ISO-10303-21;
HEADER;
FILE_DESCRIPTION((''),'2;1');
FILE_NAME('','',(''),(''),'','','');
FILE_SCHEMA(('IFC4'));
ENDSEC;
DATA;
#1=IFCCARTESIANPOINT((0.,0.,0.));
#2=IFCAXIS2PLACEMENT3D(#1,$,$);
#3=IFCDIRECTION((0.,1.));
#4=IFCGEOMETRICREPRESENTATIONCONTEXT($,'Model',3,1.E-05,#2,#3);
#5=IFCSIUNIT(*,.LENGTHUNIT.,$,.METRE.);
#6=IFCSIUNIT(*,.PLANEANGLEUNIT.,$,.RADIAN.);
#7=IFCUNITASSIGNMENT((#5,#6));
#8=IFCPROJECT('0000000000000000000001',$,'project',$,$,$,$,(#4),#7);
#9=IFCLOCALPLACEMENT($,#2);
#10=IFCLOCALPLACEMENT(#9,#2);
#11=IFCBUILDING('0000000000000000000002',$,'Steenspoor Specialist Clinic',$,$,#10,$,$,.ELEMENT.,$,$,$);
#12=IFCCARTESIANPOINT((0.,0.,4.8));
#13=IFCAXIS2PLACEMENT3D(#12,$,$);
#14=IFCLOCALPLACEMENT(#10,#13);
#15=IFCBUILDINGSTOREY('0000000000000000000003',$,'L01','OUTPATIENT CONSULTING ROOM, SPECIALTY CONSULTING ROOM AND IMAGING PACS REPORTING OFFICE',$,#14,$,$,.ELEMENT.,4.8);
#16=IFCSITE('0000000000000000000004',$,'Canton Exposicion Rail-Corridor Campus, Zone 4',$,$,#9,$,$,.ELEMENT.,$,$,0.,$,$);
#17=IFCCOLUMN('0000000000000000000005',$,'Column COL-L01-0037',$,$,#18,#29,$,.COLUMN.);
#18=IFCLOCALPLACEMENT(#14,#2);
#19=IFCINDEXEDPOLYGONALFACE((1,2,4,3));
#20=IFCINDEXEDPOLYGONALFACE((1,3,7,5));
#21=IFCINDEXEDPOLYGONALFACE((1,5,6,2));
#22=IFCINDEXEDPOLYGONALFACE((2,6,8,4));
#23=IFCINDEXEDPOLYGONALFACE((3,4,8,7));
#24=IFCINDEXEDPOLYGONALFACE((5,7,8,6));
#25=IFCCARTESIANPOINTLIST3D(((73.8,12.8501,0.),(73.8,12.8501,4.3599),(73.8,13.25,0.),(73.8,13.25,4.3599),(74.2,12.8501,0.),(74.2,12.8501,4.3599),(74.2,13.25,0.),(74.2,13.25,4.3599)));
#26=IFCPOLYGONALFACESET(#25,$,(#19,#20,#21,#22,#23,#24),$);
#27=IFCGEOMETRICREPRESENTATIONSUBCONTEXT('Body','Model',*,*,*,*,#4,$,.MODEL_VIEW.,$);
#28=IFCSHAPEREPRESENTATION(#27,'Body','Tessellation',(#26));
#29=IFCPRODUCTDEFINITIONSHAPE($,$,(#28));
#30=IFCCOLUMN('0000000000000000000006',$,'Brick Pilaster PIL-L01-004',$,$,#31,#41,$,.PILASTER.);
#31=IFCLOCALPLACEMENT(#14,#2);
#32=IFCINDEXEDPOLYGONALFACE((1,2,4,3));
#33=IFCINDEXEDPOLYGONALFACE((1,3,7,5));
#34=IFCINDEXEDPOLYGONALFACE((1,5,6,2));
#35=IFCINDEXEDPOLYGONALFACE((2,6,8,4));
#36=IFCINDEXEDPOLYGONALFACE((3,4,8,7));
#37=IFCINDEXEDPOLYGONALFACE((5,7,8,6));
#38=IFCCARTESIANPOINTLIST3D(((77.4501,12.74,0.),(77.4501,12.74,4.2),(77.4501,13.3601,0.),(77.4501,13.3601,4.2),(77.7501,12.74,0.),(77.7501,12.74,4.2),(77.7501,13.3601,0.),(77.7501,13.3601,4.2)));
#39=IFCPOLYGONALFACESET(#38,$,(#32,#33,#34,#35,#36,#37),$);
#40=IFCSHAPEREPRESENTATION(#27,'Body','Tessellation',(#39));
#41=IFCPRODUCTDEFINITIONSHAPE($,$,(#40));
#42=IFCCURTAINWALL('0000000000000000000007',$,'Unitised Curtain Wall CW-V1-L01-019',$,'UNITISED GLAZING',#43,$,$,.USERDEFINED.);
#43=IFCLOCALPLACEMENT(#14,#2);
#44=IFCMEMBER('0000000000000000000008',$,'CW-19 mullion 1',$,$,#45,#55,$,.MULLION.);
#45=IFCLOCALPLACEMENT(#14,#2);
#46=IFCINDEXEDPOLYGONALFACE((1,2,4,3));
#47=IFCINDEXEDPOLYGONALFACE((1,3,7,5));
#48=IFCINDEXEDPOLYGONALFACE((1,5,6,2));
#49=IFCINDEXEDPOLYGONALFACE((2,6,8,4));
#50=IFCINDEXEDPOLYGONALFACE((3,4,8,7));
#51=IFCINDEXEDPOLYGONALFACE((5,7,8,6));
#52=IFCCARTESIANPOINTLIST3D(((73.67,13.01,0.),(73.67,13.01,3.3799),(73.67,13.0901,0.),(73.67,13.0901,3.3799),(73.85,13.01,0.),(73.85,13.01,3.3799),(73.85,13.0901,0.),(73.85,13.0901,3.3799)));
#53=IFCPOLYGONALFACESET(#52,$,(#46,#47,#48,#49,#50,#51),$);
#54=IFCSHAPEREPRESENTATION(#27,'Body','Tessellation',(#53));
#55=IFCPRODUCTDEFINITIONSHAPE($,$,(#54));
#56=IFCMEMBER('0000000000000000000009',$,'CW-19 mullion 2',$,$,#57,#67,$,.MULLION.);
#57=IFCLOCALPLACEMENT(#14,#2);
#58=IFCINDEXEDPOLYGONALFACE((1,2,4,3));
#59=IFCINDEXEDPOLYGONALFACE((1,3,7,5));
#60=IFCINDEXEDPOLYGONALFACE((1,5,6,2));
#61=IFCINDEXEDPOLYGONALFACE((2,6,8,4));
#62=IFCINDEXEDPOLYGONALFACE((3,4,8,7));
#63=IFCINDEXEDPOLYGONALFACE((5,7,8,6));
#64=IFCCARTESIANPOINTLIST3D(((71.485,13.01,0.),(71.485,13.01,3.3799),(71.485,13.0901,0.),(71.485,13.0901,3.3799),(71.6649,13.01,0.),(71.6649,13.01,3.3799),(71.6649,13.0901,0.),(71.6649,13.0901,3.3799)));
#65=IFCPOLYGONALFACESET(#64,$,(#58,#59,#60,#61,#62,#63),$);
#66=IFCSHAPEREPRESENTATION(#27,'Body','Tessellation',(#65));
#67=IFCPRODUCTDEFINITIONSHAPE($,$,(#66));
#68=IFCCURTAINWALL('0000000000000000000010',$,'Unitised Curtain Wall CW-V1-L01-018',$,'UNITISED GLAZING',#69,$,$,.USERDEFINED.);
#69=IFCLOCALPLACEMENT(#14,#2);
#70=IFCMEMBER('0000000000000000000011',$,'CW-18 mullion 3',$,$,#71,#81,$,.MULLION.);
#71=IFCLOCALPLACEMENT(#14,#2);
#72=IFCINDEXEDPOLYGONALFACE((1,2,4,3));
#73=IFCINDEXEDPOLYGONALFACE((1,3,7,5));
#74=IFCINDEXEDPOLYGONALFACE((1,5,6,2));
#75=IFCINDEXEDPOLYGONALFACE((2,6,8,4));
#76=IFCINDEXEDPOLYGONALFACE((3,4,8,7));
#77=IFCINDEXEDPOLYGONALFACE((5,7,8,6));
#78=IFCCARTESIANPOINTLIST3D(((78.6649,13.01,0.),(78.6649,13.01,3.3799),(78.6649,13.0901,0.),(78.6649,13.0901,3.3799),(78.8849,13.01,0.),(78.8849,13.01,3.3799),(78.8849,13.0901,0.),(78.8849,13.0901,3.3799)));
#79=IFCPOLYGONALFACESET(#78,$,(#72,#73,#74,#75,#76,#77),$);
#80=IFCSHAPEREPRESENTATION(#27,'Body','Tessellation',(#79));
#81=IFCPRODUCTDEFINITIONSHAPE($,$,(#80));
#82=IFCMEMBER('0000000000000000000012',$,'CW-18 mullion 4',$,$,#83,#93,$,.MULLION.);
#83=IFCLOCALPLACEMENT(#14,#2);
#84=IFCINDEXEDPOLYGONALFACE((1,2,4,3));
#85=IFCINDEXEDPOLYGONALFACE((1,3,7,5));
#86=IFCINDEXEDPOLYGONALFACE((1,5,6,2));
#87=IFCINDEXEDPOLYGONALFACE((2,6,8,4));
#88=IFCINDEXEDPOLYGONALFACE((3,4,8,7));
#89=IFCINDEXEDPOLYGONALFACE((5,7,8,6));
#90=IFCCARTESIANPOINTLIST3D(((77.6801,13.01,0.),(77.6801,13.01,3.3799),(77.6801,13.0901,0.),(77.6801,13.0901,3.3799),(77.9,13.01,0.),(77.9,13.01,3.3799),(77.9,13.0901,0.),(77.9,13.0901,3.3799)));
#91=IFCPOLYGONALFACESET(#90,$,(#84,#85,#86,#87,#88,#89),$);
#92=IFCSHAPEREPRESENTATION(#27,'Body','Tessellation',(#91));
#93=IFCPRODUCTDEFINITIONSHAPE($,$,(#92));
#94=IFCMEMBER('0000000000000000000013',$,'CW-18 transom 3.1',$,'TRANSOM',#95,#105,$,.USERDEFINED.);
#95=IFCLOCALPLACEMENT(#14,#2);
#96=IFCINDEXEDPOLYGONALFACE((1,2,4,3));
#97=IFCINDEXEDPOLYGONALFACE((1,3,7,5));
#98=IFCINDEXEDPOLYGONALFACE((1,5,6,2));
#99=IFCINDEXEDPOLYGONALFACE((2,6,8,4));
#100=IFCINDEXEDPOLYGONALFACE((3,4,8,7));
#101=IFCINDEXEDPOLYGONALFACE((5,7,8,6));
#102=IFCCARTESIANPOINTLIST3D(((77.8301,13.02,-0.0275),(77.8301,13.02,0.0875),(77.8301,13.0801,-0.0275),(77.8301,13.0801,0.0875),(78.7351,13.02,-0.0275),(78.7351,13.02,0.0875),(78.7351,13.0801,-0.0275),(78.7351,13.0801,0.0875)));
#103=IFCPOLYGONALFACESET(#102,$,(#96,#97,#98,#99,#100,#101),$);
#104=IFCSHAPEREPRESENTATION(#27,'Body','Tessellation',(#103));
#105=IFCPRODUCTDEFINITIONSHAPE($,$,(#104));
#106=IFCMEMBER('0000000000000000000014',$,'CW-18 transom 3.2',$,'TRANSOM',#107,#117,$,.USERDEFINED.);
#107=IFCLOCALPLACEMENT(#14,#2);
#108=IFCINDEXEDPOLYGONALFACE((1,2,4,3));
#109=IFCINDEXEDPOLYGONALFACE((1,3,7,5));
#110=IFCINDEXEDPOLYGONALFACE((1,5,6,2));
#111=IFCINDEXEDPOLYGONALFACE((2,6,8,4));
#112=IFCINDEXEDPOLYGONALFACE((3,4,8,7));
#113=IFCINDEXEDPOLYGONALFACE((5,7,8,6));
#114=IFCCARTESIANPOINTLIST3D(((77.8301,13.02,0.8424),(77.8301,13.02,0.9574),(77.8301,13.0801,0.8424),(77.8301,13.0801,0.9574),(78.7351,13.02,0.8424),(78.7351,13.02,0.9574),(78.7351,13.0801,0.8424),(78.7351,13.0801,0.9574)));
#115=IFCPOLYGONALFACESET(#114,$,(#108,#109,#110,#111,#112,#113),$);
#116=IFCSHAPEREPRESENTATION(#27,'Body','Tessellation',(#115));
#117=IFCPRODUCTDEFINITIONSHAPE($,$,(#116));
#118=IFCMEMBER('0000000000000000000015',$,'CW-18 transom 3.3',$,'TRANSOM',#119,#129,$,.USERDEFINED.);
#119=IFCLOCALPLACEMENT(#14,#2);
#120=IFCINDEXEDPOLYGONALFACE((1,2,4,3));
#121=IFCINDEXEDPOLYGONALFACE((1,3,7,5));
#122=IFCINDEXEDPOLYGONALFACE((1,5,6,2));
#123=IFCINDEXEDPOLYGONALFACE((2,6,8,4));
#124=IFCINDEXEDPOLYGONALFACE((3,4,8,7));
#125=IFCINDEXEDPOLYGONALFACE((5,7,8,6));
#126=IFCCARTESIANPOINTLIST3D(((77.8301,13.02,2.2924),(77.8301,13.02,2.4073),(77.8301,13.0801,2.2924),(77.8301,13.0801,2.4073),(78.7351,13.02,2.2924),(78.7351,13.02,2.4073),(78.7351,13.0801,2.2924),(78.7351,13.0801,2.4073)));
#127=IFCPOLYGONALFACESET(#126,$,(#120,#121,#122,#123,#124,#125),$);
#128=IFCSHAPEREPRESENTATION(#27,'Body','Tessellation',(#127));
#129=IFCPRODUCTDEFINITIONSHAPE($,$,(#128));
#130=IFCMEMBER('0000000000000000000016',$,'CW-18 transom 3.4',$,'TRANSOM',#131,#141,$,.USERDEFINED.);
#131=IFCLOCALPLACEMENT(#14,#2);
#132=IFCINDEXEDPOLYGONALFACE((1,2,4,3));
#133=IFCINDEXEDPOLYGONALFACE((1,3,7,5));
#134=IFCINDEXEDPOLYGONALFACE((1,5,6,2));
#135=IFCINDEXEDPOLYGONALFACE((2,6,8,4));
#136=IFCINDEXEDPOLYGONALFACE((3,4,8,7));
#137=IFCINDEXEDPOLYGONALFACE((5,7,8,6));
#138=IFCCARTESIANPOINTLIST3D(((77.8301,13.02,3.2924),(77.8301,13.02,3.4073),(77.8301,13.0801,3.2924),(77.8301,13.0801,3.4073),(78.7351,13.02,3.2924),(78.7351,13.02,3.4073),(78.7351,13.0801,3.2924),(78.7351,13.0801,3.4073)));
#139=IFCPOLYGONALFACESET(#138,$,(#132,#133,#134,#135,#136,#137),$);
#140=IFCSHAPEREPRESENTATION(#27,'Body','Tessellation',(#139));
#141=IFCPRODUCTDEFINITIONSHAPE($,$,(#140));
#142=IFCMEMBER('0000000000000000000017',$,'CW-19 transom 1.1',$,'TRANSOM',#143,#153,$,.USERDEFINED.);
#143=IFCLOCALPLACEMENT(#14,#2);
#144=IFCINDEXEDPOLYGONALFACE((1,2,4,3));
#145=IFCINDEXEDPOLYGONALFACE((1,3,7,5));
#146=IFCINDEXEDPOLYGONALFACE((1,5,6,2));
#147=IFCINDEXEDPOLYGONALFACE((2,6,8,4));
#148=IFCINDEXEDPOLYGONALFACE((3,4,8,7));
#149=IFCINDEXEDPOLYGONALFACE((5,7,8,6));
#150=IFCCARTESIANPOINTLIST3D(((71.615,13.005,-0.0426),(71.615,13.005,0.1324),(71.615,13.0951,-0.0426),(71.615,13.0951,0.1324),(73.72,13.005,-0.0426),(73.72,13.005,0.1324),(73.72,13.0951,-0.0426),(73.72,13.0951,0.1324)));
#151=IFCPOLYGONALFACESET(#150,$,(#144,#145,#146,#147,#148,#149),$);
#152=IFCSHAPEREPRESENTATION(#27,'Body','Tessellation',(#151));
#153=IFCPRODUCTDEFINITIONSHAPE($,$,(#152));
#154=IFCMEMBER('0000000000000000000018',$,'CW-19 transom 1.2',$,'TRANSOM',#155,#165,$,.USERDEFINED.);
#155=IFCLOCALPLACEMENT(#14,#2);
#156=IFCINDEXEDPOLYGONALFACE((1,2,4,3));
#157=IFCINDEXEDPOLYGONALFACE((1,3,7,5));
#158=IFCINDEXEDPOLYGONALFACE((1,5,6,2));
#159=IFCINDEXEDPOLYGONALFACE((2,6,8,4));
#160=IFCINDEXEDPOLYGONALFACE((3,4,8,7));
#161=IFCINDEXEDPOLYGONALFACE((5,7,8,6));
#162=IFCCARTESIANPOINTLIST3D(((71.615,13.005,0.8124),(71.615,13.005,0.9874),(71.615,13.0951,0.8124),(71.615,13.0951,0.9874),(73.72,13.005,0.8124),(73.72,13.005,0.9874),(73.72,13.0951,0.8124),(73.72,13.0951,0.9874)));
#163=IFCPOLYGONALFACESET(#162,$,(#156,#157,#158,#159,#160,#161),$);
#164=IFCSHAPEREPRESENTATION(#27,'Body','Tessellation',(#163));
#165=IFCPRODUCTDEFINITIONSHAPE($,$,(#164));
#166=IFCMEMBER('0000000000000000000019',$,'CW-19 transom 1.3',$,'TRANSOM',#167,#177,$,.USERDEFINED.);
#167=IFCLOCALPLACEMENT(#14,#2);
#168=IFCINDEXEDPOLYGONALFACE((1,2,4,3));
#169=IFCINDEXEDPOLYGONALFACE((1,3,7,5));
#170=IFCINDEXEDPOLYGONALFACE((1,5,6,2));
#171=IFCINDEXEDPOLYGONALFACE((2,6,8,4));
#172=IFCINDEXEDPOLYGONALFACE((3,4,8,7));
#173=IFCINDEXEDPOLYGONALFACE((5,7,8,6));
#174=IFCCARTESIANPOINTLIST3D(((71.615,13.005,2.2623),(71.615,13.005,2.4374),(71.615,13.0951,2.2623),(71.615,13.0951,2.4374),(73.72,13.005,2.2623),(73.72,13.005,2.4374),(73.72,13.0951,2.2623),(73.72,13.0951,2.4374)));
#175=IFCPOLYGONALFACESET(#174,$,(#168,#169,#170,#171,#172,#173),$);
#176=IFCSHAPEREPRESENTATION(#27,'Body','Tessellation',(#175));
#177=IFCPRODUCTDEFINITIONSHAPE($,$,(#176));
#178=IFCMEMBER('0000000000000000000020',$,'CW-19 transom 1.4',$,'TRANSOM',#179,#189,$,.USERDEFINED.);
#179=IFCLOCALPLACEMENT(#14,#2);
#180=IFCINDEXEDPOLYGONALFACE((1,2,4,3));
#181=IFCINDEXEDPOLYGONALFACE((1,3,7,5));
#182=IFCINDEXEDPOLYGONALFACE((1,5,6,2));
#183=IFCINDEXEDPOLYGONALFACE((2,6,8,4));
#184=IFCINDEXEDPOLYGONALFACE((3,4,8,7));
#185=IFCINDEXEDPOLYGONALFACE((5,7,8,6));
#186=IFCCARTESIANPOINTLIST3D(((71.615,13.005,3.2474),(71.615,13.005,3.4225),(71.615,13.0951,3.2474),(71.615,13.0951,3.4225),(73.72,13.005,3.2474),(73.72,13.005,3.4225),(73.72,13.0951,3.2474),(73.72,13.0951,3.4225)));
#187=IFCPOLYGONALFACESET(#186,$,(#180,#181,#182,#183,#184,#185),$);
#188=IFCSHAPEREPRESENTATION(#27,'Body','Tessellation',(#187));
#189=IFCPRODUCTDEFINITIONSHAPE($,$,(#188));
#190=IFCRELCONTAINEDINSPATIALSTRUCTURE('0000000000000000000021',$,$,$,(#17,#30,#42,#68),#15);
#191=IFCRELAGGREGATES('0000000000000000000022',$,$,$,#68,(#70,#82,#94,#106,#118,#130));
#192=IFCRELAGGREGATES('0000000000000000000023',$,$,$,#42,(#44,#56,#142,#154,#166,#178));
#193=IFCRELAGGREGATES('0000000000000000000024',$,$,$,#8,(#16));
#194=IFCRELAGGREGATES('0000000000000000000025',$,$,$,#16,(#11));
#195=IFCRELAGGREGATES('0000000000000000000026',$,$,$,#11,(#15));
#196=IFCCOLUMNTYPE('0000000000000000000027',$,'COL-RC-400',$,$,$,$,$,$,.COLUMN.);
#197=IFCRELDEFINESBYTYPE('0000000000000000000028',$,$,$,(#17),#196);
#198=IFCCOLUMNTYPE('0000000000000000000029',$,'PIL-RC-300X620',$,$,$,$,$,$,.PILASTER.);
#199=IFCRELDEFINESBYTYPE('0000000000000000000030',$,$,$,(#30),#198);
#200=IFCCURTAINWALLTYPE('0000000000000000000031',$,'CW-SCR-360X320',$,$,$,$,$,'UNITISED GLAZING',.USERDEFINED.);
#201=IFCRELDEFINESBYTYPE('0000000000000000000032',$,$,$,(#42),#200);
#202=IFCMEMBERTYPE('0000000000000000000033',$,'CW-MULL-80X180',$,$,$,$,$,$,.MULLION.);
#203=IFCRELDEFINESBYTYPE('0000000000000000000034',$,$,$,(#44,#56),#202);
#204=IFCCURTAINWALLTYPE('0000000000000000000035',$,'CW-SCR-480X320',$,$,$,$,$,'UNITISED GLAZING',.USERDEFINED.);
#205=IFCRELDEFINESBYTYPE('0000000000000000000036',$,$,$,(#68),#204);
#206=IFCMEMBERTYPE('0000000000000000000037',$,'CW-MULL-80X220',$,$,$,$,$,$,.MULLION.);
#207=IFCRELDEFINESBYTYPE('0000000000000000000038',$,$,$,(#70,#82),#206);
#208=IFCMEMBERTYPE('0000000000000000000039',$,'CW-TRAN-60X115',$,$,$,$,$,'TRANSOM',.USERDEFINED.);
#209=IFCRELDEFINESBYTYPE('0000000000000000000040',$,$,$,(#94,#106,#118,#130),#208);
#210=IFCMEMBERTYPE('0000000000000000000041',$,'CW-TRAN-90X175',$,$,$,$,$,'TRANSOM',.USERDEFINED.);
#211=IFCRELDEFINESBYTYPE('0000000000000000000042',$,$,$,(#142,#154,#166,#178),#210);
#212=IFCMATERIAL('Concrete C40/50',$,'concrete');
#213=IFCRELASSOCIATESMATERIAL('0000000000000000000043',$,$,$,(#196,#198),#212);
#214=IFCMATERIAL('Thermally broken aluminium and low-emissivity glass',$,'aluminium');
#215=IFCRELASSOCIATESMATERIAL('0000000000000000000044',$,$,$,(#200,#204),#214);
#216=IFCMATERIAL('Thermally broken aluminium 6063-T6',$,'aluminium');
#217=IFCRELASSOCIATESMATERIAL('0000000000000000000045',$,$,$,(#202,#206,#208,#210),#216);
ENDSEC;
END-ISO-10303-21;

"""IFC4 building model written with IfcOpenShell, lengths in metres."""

from ifc_helpers import new_model, si_unit, direction, frame, origin, origin_2d, place, context, subcontext, project, spatial, rectangle, extrude, material, material_profile, profile_set, type_object, element, aggregate, save


model = new_model("IFC4")

# Units and contexts
model_context = context("Model", 3, precision=1e-05, world=origin(), true_north=direction((0.0, 1.0)))
body_context = subcontext(model_context, "Body", "Model", "MODEL_VIEW")
ifc_project = project(units=[si_unit("LENGTHUNIT", "METRE"), si_unit("PLANEANGLEUNIT", "RADIAN")], contexts=[model_context])

# Site, building, storey
site_placement = place(None, origin())
site = spatial("IfcSite", under=ifc_project, at=site_placement, Name="Canton Exposicion Rail-Corridor Campus, Zone 4", CompositionType="ELEMENT", RefElevation=0.0)
building_placement = place(site_placement, origin())
building = spatial("IfcBuilding", under=site, at=building_placement, Name="Steenspoor Specialist Clinic", CompositionType="ELEMENT")
storey_placement = place(building_placement, frame((0.0, 0.0, 4.8)))
storey = spatial("IfcBuildingStorey", under=building, at=storey_placement, Name="L01", Description="OUTPATIENT CONSULTING ROOM, SPECIALTY CONSULTING ROOM AND IMAGING PACS REPORTING OFFICE", CompositionType="ELEMENT", Elevation=4.8)

# Columns
ifc_material_1 = material(Name="Concrete C40/50", Category="concrete")
ifc_material_profile_1 = material_profile(ifc_material_1, rectangle(XDim=0.3999, YDim=0.3999, at=origin_2d()), Name="RC-COL-400X400")
ifc_profile_set_1 = profile_set([ifc_material_profile_1], Name="Concrete C40/50")
column_type_1 = type_object("IfcColumnType", Name="COL-RC-400", PredefinedType="COLUMN", material=ifc_profile_set_1)
column_1_placement = place(storey_placement, frame((74.0, 13.05, 0.0), z_axis=(0.0, 0.0, 1.0), x_axis=(1.0, 0.0, 0.0)))
element("IfcColumn", 1, at=column_1_placement, inside=storey, type_object=column_type_1, Name="Column COL-L01-0037", PredefinedType="COLUMN", context=body_context, shape_type="SweptSolid", body=[
    extrude(rectangle(XDim=0.3999, YDim=0.3999, at=origin_2d()), origin(), (0.0, 0.0, 1.0), 4.3599),
])
ifc_material_profile_2 = material_profile(ifc_material_1, rectangle(XDim=0.3, YDim=0.6201, at=origin_2d()), Name="RC-PIL-300X620")
ifc_profile_set_2 = profile_set([ifc_material_profile_2], Name="Concrete C40/50")
column_type_2 = type_object("IfcColumnType", Name="PIL-RC-300X620", PredefinedType="PILASTER", material=ifc_profile_set_2)
column_2_placement = place(storey_placement, frame((77.6001, 13.05, 0.0), z_axis=(0.0, 0.0, 1.0), x_axis=(1.0, 0.0, 0.0)))
element("IfcColumn", 2, at=column_2_placement, inside=storey, type_object=column_type_2, Name="Brick Pilaster PIL-L01-004", PredefinedType="PILASTER", context=body_context, shape_type="SweptSolid", body=[
    extrude(rectangle(XDim=0.3, YDim=0.6201, at=origin_2d()), origin(), (0.0, 0.0, 1.0), 4.2),
])

# Curtain walls, members
ifc_material_2 = material(Name="Thermally broken aluminium and low-emissivity glass", Category="aluminium")
curtain_wall_type_1 = type_object("IfcCurtainWallType", Name="CW-SCR-360X320", ElementType="UNITISED GLAZING", PredefinedType="USERDEFINED", material=ifc_material_2)
curtain_wall_1_placement = place(storey_placement, origin())
curtain_wall_1 = element("IfcCurtainWall", 3, at=curtain_wall_1_placement, inside=storey, type_object=curtain_wall_type_1, Name="Unitised Curtain Wall CW-V1-L01-019", ObjectType="UNITISED GLAZING", PredefinedType="USERDEFINED")
ifc_material_3 = material(Name="Thermally broken aluminium 6063-T6", Category="aluminium")
ifc_material_profile_3 = material_profile(ifc_material_3, rectangle(XDim=0.0801, YDim=0.1799, at=origin_2d()), Name="CWM-80X180")
ifc_profile_set_3 = profile_set([ifc_material_profile_3], Name="Thermally broken aluminium 6063-T6")
member_type_1 = type_object("IfcMemberType", Name="CW-MULL-80X180", PredefinedType="MULLION", material=ifc_profile_set_3)
member_1_placement = place(storey_placement, frame((73.76, 13.05, 0.0), z_axis=(0.0, 0.0, 1.0), x_axis=(0.0, -1.0, 0.0)))
member_1 = element("IfcMember", 4, at=member_1_placement, type_object=member_type_1, Name="CW-19 mullion 1", PredefinedType="MULLION", context=body_context, shape_type="SweptSolid", body=[
    extrude(rectangle(XDim=0.0801, YDim=0.1799, at=origin_2d()), origin(), (0.0, 0.0, 1.0), 3.3799),
])
member_2_placement = place(storey_placement, frame((71.575, 13.05, 0.0), z_axis=(0.0, 0.0, 1.0), x_axis=(0.0, -1.0, 0.0)))
member_2 = element("IfcMember", 5, at=member_2_placement, type_object=member_type_1, Name="CW-19 mullion 2", PredefinedType="MULLION", context=body_context, shape_type="SweptSolid", body=[
    extrude(rectangle(XDim=0.0801, YDim=0.1799, at=origin_2d()), origin(), (0.0, 0.0, 1.0), 3.3799),
])
curtain_wall_type_2 = type_object("IfcCurtainWallType", Name="CW-SCR-480X320", ElementType="UNITISED GLAZING", PredefinedType="USERDEFINED", material=ifc_material_2)
curtain_wall_2_placement = place(storey_placement, origin())
curtain_wall_2 = element("IfcCurtainWall", 6, at=curtain_wall_2_placement, inside=storey, type_object=curtain_wall_type_2, Name="Unitised Curtain Wall CW-V1-L01-018", ObjectType="UNITISED GLAZING", PredefinedType="USERDEFINED")
ifc_material_profile_4 = material_profile(ifc_material_3, rectangle(XDim=0.0801, YDim=0.22, at=origin_2d()), Name="CWM-80X220")
ifc_profile_set_4 = profile_set([ifc_material_profile_4], Name="Thermally broken aluminium 6063-T6")
member_type_2 = type_object("IfcMemberType", Name="CW-MULL-80X220", PredefinedType="MULLION", material=ifc_profile_set_4)
member_3_placement = place(storey_placement, frame((78.7749, 13.05, 0.0), z_axis=(0.0, 0.0, 1.0), x_axis=(0.0, -1.0, 0.0)))
member_3 = element("IfcMember", 7, at=member_3_placement, type_object=member_type_2, Name="CW-18 mullion 3", PredefinedType="MULLION", context=body_context, shape_type="SweptSolid", body=[
    extrude(rectangle(XDim=0.0801, YDim=0.22, at=origin_2d()), origin(), (0.0, 0.0, 1.0), 3.3799),
])
member_4_placement = place(storey_placement, frame((77.79, 13.05, 0.0), z_axis=(0.0, 0.0, 1.0), x_axis=(0.0, -1.0, 0.0)))
member_4 = element("IfcMember", 8, at=member_4_placement, type_object=member_type_2, Name="CW-18 mullion 4", PredefinedType="MULLION", context=body_context, shape_type="SweptSolid", body=[
    extrude(rectangle(XDim=0.0801, YDim=0.22, at=origin_2d()), origin(), (0.0, 0.0, 1.0), 3.3799),
])
ifc_material_profile_5 = material_profile(ifc_material_3, rectangle(XDim=0.0601, YDim=0.115, at=origin_2d()), Name="CWT-60X115")
ifc_profile_set_5 = profile_set([ifc_material_profile_5], Name="Thermally broken aluminium 6063-T6")
member_type_3 = type_object("IfcMemberType", Name="CW-TRAN-60X115", ElementType="TRANSOM", PredefinedType="USERDEFINED", material=ifc_profile_set_5)
member_5_placement = place(storey_placement, frame((78.7351, 13.05, 0.03), z_axis=(-1.0, 0.0, 0.0), x_axis=(0.0, -1.0, 0.0)))
member_5 = element("IfcMember", 9, at=member_5_placement, type_object=member_type_3, Name="CW-18 transom 3.1", ObjectType="TRANSOM", PredefinedType="USERDEFINED", context=body_context, shape_type="SweptSolid", body=[
    extrude(rectangle(XDim=0.0601, YDim=0.115, at=origin_2d()), origin(), (0.0, 0.0, 1.0), 0.905),
])
member_6_placement = place(storey_placement, frame((78.7351, 13.05, 0.8999), z_axis=(-1.0, 0.0, 0.0), x_axis=(0.0, -1.0, 0.0)))
member_6 = element("IfcMember", 10, at=member_6_placement, type_object=member_type_3, Name="CW-18 transom 3.2", ObjectType="TRANSOM", PredefinedType="USERDEFINED", context=body_context, shape_type="SweptSolid", body=[
    extrude(rectangle(XDim=0.0601, YDim=0.115, at=origin_2d()), origin(), (0.0, 0.0, 1.0), 0.905),
])
member_7_placement = place(storey_placement, frame((78.7351, 13.05, 2.3499), z_axis=(-1.0, 0.0, 0.0), x_axis=(0.0, -1.0, 0.0)))
member_7 = element("IfcMember", 11, at=member_7_placement, type_object=member_type_3, Name="CW-18 transom 3.3", ObjectType="TRANSOM", PredefinedType="USERDEFINED", context=body_context, shape_type="SweptSolid", body=[
    extrude(rectangle(XDim=0.0601, YDim=0.115, at=origin_2d()), origin(), (0.0, 0.0, 1.0), 0.905),
])
member_8_placement = place(storey_placement, frame((78.7351, 13.05, 3.3499), z_axis=(-1.0, 0.0, 0.0), x_axis=(0.0, -1.0, 0.0)))
member_8 = element("IfcMember", 12, at=member_8_placement, type_object=member_type_3, Name="CW-18 transom 3.4", ObjectType="TRANSOM", PredefinedType="USERDEFINED", context=body_context, shape_type="SweptSolid", body=[
    extrude(rectangle(XDim=0.0601, YDim=0.115, at=origin_2d()), origin(), (0.0, 0.0, 1.0), 0.905),
])

# Members
ifc_material_profile_6 = material_profile(ifc_material_3, rectangle(XDim=0.0901, YDim=0.175, at=origin_2d()), Name="CWT-90X175")
ifc_profile_set_6 = profile_set([ifc_material_profile_6], Name="Thermally broken aluminium 6063-T6")
member_type_4 = type_object("IfcMemberType", Name="CW-TRAN-90X175", ElementType="TRANSOM", PredefinedType="USERDEFINED", material=ifc_profile_set_6)
member_9_placement = place(storey_placement, frame((73.72, 13.05, 0.0449), z_axis=(-1.0, 0.0, 0.0), x_axis=(0.0, -1.0, 0.0)))
member_9 = element("IfcMember", 13, at=member_9_placement, type_object=member_type_4, Name="CW-19 transom 1.1", ObjectType="TRANSOM", PredefinedType="USERDEFINED", context=body_context, shape_type="SweptSolid", body=[
    extrude(rectangle(XDim=0.0901, YDim=0.175, at=origin_2d()), origin(), (0.0, 0.0, 1.0), 2.105),
])
member_10_placement = place(storey_placement, frame((73.72, 13.05, 0.8999), z_axis=(-1.0, 0.0, 0.0), x_axis=(0.0, -1.0, 0.0)))
member_10 = element("IfcMember", 14, at=member_10_placement, type_object=member_type_4, Name="CW-19 transom 1.2", ObjectType="TRANSOM", PredefinedType="USERDEFINED", context=body_context, shape_type="SweptSolid", body=[
    extrude(rectangle(XDim=0.0901, YDim=0.175, at=origin_2d()), origin(), (0.0, 0.0, 1.0), 2.105),
])
member_11_placement = place(storey_placement, frame((73.72, 13.05, 2.3499), z_axis=(-1.0, 0.0, 0.0), x_axis=(0.0, -1.0, 0.0)))
member_11 = element("IfcMember", 15, at=member_11_placement, type_object=member_type_4, Name="CW-19 transom 1.3", ObjectType="TRANSOM", PredefinedType="USERDEFINED", context=body_context, shape_type="SweptSolid", body=[
    extrude(rectangle(XDim=0.0901, YDim=0.175, at=origin_2d()), origin(), (0.0, 0.0, 1.0), 2.105),
])
member_12_placement = place(storey_placement, frame((73.72, 13.05, 3.335), z_axis=(-1.0, 0.0, 0.0), x_axis=(0.0, -1.0, 0.0)))
member_12 = element("IfcMember", 16, at=member_12_placement, type_object=member_type_4, Name="CW-19 transom 1.4", ObjectType="TRANSOM", PredefinedType="USERDEFINED", context=body_context, shape_type="SweptSolid", body=[
    extrude(rectangle(XDim=0.0901, YDim=0.175, at=origin_2d()), origin(), (0.0, 0.0, 1.0), 2.105),
])

aggregate(curtain_wall_2, [member_3, member_4, member_5, member_6, member_7, member_8])
aggregate(curtain_wall_1, [member_1, member_2, member_9, member_10, member_11, member_12])

save(model, "model.ifc")
